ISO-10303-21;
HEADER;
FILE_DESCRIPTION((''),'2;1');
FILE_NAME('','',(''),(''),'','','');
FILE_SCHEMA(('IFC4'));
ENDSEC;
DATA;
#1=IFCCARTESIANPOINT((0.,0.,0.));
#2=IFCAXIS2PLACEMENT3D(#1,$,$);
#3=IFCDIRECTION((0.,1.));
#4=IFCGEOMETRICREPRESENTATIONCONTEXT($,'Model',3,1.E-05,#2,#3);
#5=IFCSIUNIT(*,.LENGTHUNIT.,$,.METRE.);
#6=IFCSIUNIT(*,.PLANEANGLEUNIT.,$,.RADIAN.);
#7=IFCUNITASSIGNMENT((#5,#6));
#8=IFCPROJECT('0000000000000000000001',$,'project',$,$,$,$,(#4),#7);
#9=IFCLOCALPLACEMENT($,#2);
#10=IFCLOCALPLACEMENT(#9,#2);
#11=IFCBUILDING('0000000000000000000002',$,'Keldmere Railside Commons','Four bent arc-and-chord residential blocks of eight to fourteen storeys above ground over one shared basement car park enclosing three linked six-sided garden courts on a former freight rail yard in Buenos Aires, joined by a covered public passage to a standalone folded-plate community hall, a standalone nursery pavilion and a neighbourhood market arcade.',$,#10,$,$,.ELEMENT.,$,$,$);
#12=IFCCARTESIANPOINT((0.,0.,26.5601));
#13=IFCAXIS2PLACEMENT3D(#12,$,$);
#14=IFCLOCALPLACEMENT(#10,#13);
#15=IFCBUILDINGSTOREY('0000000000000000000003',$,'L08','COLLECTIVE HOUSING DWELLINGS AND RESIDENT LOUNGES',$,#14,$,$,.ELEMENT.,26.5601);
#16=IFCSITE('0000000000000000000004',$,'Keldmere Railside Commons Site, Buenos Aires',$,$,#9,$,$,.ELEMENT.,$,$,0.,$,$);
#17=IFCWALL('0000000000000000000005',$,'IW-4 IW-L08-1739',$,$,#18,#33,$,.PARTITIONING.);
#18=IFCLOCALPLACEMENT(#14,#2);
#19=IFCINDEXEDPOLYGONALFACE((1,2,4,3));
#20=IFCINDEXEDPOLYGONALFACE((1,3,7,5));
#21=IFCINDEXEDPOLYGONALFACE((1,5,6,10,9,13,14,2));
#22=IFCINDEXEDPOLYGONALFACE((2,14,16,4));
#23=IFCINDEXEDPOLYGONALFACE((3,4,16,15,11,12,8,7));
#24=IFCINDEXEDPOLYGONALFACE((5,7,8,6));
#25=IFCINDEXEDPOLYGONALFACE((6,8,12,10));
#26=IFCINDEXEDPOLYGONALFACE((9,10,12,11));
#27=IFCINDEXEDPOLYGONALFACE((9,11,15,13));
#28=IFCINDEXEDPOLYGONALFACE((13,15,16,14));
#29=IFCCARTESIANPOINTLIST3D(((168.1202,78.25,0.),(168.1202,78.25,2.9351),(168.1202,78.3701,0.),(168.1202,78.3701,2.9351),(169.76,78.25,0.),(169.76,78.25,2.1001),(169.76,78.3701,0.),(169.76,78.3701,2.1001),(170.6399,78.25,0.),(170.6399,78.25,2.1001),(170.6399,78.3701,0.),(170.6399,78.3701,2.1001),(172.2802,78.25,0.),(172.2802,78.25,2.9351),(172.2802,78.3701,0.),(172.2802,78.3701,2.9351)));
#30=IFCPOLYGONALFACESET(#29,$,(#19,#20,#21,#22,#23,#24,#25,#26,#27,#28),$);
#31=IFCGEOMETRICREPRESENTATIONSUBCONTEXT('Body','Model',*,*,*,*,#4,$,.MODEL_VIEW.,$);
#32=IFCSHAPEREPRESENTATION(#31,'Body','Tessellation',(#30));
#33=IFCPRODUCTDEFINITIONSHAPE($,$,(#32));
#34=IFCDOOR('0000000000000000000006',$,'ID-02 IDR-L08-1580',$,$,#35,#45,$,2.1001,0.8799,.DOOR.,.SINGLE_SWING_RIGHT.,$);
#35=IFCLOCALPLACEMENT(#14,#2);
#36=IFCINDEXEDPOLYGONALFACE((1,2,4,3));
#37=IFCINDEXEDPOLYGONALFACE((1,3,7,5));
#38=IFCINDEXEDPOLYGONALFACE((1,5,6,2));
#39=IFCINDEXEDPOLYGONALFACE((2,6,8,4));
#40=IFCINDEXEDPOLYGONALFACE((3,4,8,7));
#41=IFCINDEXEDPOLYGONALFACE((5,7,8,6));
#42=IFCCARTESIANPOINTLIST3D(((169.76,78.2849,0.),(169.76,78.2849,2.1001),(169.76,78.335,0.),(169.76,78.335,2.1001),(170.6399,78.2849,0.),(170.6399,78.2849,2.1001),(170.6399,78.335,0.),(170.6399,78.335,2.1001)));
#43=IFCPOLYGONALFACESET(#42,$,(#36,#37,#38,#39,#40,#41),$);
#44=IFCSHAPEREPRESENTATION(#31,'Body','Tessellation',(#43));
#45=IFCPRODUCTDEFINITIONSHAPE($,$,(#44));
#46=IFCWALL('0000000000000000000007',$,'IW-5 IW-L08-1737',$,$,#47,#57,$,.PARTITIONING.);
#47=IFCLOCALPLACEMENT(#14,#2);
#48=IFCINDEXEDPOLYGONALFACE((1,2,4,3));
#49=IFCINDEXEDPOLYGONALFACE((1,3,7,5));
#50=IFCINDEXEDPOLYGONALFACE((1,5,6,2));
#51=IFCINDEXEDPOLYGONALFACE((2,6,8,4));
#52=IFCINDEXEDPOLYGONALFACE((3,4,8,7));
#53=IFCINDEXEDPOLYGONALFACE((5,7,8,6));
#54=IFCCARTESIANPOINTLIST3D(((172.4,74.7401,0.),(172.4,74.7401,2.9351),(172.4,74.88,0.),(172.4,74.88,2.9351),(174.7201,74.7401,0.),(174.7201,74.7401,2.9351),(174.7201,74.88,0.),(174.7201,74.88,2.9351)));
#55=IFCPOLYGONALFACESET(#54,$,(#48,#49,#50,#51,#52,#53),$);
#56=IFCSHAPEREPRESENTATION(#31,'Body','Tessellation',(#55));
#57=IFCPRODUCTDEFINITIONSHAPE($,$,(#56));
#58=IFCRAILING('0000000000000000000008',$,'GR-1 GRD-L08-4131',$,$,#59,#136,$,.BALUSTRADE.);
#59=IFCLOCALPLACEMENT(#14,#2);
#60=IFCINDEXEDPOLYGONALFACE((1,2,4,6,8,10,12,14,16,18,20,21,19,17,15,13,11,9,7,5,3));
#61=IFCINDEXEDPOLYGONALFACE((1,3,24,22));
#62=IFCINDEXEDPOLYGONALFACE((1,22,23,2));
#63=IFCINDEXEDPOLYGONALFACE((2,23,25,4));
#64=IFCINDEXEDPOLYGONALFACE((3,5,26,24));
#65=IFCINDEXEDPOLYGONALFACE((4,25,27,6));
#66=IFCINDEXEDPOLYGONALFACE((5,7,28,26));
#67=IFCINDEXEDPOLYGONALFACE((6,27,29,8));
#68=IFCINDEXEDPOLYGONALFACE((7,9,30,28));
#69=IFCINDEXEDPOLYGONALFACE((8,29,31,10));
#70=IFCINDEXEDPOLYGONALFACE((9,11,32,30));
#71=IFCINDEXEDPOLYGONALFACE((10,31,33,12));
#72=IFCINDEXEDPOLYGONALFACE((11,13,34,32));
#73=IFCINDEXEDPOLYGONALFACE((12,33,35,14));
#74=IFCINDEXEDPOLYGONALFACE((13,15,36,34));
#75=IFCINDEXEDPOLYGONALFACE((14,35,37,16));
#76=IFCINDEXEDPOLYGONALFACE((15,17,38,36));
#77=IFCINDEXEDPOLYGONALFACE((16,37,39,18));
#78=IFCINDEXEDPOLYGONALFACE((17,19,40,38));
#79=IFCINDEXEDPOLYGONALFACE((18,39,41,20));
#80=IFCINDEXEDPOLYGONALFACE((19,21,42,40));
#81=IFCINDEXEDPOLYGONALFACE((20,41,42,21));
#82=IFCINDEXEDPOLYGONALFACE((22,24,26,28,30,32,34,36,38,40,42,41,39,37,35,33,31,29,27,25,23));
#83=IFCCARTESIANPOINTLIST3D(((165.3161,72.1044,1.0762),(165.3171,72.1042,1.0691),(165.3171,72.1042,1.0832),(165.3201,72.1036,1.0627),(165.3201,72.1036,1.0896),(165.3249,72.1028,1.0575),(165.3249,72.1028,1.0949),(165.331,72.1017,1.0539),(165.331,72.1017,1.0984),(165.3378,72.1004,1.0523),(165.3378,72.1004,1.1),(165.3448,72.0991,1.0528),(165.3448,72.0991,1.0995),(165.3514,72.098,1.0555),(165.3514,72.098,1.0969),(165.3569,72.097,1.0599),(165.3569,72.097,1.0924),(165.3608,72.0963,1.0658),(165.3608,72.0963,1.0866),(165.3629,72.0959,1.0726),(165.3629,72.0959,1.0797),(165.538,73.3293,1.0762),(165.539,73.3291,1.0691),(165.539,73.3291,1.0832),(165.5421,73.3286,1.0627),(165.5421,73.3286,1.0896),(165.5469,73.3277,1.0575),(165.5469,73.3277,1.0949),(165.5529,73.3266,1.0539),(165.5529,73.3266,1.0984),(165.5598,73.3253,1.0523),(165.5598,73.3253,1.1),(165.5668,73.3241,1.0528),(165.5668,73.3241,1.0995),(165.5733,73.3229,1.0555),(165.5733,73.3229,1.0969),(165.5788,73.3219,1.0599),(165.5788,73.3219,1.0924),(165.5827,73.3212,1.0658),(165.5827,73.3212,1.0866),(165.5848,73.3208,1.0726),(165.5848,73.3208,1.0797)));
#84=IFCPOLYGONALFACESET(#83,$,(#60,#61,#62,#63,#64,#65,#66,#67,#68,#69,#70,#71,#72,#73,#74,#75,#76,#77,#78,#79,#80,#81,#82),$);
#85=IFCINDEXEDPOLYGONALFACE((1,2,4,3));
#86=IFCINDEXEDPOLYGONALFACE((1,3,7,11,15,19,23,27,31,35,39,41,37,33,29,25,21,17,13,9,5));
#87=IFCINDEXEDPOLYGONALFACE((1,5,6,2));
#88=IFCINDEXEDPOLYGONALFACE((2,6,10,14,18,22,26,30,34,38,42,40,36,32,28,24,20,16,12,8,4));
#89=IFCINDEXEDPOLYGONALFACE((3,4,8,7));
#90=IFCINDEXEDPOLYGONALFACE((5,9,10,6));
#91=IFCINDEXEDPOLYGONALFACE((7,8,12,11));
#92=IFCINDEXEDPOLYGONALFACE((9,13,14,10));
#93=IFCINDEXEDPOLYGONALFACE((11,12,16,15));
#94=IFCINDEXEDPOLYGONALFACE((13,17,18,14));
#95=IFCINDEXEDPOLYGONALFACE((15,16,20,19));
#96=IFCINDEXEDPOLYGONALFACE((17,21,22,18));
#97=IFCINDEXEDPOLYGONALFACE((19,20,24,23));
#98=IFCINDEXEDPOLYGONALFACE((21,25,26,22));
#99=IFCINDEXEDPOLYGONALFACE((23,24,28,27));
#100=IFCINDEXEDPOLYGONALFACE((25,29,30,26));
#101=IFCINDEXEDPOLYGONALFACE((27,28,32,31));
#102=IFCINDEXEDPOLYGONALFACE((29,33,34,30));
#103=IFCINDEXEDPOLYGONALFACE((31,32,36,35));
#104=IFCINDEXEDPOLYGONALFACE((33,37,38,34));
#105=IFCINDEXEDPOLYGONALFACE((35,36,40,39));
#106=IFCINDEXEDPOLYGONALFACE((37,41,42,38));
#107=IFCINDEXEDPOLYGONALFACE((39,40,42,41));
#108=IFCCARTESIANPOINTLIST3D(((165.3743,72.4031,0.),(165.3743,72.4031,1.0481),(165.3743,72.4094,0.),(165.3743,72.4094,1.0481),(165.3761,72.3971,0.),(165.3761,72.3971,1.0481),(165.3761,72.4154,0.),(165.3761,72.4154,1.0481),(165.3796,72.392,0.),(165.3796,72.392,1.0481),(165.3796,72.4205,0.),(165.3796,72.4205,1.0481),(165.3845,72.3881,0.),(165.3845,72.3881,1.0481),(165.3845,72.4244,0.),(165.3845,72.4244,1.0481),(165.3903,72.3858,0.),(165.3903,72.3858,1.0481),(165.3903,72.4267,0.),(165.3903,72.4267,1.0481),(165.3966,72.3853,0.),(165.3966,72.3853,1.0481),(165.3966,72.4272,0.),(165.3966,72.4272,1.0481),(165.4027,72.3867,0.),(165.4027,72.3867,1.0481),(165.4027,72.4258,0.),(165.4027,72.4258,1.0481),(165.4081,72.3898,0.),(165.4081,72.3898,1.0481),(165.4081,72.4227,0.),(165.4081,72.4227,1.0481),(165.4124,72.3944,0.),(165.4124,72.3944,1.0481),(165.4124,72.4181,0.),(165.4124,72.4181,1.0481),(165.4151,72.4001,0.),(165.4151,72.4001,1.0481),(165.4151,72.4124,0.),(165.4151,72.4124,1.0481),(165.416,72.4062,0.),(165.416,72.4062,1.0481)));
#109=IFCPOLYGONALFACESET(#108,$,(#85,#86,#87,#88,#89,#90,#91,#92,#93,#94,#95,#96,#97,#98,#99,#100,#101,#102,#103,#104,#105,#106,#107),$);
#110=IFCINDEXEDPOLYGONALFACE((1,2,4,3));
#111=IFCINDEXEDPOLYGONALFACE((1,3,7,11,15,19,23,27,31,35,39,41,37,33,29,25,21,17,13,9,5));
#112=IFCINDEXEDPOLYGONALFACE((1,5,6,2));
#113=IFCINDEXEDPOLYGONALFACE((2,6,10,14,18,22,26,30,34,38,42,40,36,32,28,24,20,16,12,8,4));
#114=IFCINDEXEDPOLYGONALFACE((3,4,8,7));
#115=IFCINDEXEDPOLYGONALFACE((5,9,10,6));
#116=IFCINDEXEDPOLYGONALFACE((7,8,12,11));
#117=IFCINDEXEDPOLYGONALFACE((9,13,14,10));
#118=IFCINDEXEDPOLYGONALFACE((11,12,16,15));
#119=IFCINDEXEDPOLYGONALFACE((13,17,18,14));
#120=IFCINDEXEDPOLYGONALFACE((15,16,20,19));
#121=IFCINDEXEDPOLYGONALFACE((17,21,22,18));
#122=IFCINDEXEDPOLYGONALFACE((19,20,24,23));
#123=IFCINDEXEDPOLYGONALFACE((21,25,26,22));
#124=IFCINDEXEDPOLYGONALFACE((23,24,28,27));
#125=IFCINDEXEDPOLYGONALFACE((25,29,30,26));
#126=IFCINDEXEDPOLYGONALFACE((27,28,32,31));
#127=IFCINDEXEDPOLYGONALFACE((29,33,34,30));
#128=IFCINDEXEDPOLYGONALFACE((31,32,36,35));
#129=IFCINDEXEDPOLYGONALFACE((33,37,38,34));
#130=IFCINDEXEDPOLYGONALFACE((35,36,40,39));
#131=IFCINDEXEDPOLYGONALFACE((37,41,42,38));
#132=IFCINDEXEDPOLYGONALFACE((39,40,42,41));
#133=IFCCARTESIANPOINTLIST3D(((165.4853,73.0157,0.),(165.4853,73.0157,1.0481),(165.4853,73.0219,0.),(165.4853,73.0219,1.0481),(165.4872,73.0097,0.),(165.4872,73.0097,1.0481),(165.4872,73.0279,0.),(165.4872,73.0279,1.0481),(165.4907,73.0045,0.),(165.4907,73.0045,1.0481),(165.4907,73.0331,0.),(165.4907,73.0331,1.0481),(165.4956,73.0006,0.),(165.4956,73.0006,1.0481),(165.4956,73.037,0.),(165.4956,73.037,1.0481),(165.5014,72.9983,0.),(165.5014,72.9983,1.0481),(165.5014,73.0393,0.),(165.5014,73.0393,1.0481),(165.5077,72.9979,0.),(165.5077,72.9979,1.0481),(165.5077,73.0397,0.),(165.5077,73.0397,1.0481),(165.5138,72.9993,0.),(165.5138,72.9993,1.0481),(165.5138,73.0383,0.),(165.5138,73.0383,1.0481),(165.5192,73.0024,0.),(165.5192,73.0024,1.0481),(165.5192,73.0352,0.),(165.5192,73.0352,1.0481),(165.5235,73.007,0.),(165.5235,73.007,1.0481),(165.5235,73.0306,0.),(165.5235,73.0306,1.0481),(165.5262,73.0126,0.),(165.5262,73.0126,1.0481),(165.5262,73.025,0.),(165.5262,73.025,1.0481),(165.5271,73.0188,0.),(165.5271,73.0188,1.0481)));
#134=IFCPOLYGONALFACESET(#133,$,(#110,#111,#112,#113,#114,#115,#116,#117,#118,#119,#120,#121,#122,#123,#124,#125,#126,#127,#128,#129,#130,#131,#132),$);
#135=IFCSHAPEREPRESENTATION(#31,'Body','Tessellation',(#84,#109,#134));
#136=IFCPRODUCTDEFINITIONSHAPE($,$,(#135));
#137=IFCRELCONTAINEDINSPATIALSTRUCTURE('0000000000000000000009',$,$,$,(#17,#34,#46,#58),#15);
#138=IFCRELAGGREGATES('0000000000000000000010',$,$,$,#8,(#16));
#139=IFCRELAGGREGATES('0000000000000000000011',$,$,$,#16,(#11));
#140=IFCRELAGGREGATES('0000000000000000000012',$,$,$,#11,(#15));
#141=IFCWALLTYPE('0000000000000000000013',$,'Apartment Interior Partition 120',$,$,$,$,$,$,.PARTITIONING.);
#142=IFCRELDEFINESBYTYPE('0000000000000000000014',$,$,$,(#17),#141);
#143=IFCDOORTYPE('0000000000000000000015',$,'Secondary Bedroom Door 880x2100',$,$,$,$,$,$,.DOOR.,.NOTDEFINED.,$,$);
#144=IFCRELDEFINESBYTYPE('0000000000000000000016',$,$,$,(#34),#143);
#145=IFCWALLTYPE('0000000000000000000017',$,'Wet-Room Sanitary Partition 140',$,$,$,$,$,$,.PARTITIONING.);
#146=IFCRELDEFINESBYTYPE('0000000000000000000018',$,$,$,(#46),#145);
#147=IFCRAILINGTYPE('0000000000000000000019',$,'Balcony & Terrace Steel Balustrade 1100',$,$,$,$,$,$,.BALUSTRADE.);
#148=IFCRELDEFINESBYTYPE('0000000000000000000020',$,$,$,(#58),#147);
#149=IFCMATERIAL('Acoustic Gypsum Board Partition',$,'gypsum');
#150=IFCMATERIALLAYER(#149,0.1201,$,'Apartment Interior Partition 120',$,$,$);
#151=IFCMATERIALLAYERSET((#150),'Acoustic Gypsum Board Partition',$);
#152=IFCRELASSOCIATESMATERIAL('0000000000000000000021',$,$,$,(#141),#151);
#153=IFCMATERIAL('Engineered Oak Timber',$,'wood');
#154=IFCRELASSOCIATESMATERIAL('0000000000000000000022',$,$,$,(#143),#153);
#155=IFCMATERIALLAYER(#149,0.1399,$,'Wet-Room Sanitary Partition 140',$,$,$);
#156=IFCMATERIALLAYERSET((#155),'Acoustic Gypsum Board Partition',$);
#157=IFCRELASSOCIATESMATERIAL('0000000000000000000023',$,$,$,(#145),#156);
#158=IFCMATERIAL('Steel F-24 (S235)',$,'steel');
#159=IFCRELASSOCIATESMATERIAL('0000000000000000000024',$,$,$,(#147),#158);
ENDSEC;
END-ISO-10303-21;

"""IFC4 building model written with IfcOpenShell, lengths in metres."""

from ifc_helpers import new_model, si_unit, direction, frame, frame_2d, origin, origin_2d, place, context, subcontext, project, spatial, rectangle, circle, extrude, material, layer, layer_set, type_object, element, fill, save


model = new_model("IFC4")

# Units and contexts
model_context = context("Model", 3, precision=1e-05, world=origin(), true_north=direction((0.0, 1.0)))
body_context = subcontext(model_context, "Body", "Model", "MODEL_VIEW")
ifc_project = project(units=[si_unit("LENGTHUNIT", "METRE"), si_unit("PLANEANGLEUNIT", "RADIAN")], contexts=[model_context])

# Site, building, storey
site_placement = place(None, origin())
site = spatial("IfcSite", under=ifc_project, at=site_placement, Name="Keldmere Railside Commons Site, Buenos Aires", CompositionType="ELEMENT", RefElevation=0.0)
building_placement = place(site_placement, origin())
building = spatial("IfcBuilding", under=site, at=building_placement, Name="Keldmere Railside Commons", Description="Four bent arc-and-chord residential blocks of eight to fourteen storeys above ground over one shared basement car park enclosing three linked six-sided garden courts on a former freight rail yard in Buenos Aires, joined by a covered public passage to a standalone folded-plate community hall, a standalone nursery pavilion and a neighbourhood market arcade.", CompositionType="ELEMENT")
storey_placement = place(building_placement, frame((0.0, 0.0, 26.5601)))
storey = spatial("IfcBuildingStorey", under=building, at=storey_placement, Name="L08", Description="COLLECTIVE HOUSING DWELLINGS AND RESIDENT LOUNGES", CompositionType="ELEMENT", Elevation=26.5601)

# Wall, opening, door
ifc_material_1 = material(Name="Acoustic Gypsum Board Partition", Category="gypsum")
ifc_layer_1 = layer(ifc_material_1, 0.1201, Name="Apartment Interior Partition 120")
ifc_layer_set_1 = layer_set([ifc_layer_1], Name="Acoustic Gypsum Board Partition")
wall_type_1 = type_object("IfcWallType", Name="Apartment Interior Partition 120", PredefinedType="PARTITIONING", material=ifc_layer_set_1)
ifc_material_2 = material(Name="Engineered Oak Timber", Category="wood")
wall_1_placement = place(storey_placement, frame((168.1201, 78.3101, 0.0), z_axis=(0.0, 0.0, 1.0), x_axis=(1.0, 0.0, 0.0)))
wall_1 = element("IfcWall", 1, at=wall_1_placement, inside=storey, type_object=wall_type_1, Name="IW-4 IW-L08-1739", PredefinedType="PARTITIONING", context=body_context, shape_type="SweptSolid", body=[
    extrude(rectangle(XDim=4.1599, YDim=0.1201, at=frame_2d((2.0801, 0.0))), origin(), (0.0, 0.0, 1.0), 2.9351),
])
opening_1_placement = place(wall_1_placement, frame((1.6399, 0.0, 0.0)))
opening_1 = element("IfcOpeningElement", 2, at=opening_1_placement, cuts=wall_1, PredefinedType="OPENING", context=body_context, shape_type="SweptSolid", body=[
    extrude(rectangle(XDim=0.8799, YDim=2.1001, at=frame_2d((0.4399, 1.05))), frame((0.0, 0.0701, 0.0), z_axis=(0.0, -1.0, 0.0), x_axis=(1.0, 0.0, 0.0)), (0.0, 0.0, 1.0), 0.1401),
])
door_type_1 = type_object("IfcDoorType", Name="Secondary Bedroom Door 880x2100", OperationType="NOTDEFINED", PredefinedType="DOOR", material=ifc_material_2)
door_1_placement = place(opening_1_placement, origin())
door_1 = element("IfcDoor", 3, at=door_1_placement, inside=storey, type_object=door_type_1, Name="ID-02 IDR-L08-1580", OperationType="SINGLE_SWING_RIGHT", OverallHeight=2.1001, OverallWidth=0.8799, PredefinedType="DOOR", context=body_context, shape_type="SweptSolid", body=[
    extrude(rectangle(XDim=0.8799, YDim=2.1001, at=frame_2d((0.4399, 1.05))), frame((0.0, 0.0249, 0.0), z_axis=(0.0, -1.0, 0.0), x_axis=(1.0, 0.0, 0.0)), (0.0, 0.0, 1.0), 0.05),
])
fill(opening_1, door_1)

# Wall
ifc_layer_2 = layer(ifc_material_1, 0.1399, Name="Wet-Room Sanitary Partition 140")
ifc_layer_set_2 = layer_set([ifc_layer_2], Name="Acoustic Gypsum Board Partition")
wall_type_2 = type_object("IfcWallType", Name="Wet-Room Sanitary Partition 140", PredefinedType="PARTITIONING", material=ifc_layer_set_2)
wall_2_placement = place(storey_placement, frame((172.3999, 74.8101, 0.0), z_axis=(0.0, 0.0, 1.0), x_axis=(1.0, 0.0, 0.0)))
element("IfcWall", 4, at=wall_2_placement, inside=storey, type_object=wall_type_2, Name="IW-5 IW-L08-1737", PredefinedType="PARTITIONING", context=body_context, shape_type="SweptSolid", body=[
    extrude(rectangle(XDim=2.3201, YDim=0.1399, at=frame_2d((1.1602, 0.0))), origin(), (0.0, 0.0, 1.0), 2.9351),
])

# Railing
ifc_material_3 = material(Name="Steel F-24 (S235)", Category="steel")
railing_type = type_object("IfcRailingType", Name="Balcony & Terrace Steel Balustrade 1100", PredefinedType="BALUSTRADE", material=ifc_material_3)
railing_1_placement = place(storey_placement, frame((165.3396, 72.1001, 0.0)))
element("IfcRailing", 5, at=railing_1_placement, inside=storey, type_object=railing_type, Name="GR-1 GRD-L08-4131", PredefinedType="BALUSTRADE", context=body_context, shape_type="SweptSolid", body=[
    extrude(circle(Radius=0.0239, at=origin_2d()), frame((0.0, 0.0, 1.0762), z_axis=(0.178281, 0.98398, 0.0), x_axis=(-0.98398, 0.178281, 0.0)), (0.0, 0.0, 1.0), 1.2449),
    extrude(circle(Radius=0.021, at=origin_2d()), frame((0.0554, 0.3062, 0.0)), (0.0, 0.0, 1.0), 1.0481),
    extrude(circle(Radius=0.021, at=origin_2d()), frame((0.1665, 0.9187, 0.0)), (0.0, 0.0, 1.0), 1.0481),
])

save(model, "model.ifc")
